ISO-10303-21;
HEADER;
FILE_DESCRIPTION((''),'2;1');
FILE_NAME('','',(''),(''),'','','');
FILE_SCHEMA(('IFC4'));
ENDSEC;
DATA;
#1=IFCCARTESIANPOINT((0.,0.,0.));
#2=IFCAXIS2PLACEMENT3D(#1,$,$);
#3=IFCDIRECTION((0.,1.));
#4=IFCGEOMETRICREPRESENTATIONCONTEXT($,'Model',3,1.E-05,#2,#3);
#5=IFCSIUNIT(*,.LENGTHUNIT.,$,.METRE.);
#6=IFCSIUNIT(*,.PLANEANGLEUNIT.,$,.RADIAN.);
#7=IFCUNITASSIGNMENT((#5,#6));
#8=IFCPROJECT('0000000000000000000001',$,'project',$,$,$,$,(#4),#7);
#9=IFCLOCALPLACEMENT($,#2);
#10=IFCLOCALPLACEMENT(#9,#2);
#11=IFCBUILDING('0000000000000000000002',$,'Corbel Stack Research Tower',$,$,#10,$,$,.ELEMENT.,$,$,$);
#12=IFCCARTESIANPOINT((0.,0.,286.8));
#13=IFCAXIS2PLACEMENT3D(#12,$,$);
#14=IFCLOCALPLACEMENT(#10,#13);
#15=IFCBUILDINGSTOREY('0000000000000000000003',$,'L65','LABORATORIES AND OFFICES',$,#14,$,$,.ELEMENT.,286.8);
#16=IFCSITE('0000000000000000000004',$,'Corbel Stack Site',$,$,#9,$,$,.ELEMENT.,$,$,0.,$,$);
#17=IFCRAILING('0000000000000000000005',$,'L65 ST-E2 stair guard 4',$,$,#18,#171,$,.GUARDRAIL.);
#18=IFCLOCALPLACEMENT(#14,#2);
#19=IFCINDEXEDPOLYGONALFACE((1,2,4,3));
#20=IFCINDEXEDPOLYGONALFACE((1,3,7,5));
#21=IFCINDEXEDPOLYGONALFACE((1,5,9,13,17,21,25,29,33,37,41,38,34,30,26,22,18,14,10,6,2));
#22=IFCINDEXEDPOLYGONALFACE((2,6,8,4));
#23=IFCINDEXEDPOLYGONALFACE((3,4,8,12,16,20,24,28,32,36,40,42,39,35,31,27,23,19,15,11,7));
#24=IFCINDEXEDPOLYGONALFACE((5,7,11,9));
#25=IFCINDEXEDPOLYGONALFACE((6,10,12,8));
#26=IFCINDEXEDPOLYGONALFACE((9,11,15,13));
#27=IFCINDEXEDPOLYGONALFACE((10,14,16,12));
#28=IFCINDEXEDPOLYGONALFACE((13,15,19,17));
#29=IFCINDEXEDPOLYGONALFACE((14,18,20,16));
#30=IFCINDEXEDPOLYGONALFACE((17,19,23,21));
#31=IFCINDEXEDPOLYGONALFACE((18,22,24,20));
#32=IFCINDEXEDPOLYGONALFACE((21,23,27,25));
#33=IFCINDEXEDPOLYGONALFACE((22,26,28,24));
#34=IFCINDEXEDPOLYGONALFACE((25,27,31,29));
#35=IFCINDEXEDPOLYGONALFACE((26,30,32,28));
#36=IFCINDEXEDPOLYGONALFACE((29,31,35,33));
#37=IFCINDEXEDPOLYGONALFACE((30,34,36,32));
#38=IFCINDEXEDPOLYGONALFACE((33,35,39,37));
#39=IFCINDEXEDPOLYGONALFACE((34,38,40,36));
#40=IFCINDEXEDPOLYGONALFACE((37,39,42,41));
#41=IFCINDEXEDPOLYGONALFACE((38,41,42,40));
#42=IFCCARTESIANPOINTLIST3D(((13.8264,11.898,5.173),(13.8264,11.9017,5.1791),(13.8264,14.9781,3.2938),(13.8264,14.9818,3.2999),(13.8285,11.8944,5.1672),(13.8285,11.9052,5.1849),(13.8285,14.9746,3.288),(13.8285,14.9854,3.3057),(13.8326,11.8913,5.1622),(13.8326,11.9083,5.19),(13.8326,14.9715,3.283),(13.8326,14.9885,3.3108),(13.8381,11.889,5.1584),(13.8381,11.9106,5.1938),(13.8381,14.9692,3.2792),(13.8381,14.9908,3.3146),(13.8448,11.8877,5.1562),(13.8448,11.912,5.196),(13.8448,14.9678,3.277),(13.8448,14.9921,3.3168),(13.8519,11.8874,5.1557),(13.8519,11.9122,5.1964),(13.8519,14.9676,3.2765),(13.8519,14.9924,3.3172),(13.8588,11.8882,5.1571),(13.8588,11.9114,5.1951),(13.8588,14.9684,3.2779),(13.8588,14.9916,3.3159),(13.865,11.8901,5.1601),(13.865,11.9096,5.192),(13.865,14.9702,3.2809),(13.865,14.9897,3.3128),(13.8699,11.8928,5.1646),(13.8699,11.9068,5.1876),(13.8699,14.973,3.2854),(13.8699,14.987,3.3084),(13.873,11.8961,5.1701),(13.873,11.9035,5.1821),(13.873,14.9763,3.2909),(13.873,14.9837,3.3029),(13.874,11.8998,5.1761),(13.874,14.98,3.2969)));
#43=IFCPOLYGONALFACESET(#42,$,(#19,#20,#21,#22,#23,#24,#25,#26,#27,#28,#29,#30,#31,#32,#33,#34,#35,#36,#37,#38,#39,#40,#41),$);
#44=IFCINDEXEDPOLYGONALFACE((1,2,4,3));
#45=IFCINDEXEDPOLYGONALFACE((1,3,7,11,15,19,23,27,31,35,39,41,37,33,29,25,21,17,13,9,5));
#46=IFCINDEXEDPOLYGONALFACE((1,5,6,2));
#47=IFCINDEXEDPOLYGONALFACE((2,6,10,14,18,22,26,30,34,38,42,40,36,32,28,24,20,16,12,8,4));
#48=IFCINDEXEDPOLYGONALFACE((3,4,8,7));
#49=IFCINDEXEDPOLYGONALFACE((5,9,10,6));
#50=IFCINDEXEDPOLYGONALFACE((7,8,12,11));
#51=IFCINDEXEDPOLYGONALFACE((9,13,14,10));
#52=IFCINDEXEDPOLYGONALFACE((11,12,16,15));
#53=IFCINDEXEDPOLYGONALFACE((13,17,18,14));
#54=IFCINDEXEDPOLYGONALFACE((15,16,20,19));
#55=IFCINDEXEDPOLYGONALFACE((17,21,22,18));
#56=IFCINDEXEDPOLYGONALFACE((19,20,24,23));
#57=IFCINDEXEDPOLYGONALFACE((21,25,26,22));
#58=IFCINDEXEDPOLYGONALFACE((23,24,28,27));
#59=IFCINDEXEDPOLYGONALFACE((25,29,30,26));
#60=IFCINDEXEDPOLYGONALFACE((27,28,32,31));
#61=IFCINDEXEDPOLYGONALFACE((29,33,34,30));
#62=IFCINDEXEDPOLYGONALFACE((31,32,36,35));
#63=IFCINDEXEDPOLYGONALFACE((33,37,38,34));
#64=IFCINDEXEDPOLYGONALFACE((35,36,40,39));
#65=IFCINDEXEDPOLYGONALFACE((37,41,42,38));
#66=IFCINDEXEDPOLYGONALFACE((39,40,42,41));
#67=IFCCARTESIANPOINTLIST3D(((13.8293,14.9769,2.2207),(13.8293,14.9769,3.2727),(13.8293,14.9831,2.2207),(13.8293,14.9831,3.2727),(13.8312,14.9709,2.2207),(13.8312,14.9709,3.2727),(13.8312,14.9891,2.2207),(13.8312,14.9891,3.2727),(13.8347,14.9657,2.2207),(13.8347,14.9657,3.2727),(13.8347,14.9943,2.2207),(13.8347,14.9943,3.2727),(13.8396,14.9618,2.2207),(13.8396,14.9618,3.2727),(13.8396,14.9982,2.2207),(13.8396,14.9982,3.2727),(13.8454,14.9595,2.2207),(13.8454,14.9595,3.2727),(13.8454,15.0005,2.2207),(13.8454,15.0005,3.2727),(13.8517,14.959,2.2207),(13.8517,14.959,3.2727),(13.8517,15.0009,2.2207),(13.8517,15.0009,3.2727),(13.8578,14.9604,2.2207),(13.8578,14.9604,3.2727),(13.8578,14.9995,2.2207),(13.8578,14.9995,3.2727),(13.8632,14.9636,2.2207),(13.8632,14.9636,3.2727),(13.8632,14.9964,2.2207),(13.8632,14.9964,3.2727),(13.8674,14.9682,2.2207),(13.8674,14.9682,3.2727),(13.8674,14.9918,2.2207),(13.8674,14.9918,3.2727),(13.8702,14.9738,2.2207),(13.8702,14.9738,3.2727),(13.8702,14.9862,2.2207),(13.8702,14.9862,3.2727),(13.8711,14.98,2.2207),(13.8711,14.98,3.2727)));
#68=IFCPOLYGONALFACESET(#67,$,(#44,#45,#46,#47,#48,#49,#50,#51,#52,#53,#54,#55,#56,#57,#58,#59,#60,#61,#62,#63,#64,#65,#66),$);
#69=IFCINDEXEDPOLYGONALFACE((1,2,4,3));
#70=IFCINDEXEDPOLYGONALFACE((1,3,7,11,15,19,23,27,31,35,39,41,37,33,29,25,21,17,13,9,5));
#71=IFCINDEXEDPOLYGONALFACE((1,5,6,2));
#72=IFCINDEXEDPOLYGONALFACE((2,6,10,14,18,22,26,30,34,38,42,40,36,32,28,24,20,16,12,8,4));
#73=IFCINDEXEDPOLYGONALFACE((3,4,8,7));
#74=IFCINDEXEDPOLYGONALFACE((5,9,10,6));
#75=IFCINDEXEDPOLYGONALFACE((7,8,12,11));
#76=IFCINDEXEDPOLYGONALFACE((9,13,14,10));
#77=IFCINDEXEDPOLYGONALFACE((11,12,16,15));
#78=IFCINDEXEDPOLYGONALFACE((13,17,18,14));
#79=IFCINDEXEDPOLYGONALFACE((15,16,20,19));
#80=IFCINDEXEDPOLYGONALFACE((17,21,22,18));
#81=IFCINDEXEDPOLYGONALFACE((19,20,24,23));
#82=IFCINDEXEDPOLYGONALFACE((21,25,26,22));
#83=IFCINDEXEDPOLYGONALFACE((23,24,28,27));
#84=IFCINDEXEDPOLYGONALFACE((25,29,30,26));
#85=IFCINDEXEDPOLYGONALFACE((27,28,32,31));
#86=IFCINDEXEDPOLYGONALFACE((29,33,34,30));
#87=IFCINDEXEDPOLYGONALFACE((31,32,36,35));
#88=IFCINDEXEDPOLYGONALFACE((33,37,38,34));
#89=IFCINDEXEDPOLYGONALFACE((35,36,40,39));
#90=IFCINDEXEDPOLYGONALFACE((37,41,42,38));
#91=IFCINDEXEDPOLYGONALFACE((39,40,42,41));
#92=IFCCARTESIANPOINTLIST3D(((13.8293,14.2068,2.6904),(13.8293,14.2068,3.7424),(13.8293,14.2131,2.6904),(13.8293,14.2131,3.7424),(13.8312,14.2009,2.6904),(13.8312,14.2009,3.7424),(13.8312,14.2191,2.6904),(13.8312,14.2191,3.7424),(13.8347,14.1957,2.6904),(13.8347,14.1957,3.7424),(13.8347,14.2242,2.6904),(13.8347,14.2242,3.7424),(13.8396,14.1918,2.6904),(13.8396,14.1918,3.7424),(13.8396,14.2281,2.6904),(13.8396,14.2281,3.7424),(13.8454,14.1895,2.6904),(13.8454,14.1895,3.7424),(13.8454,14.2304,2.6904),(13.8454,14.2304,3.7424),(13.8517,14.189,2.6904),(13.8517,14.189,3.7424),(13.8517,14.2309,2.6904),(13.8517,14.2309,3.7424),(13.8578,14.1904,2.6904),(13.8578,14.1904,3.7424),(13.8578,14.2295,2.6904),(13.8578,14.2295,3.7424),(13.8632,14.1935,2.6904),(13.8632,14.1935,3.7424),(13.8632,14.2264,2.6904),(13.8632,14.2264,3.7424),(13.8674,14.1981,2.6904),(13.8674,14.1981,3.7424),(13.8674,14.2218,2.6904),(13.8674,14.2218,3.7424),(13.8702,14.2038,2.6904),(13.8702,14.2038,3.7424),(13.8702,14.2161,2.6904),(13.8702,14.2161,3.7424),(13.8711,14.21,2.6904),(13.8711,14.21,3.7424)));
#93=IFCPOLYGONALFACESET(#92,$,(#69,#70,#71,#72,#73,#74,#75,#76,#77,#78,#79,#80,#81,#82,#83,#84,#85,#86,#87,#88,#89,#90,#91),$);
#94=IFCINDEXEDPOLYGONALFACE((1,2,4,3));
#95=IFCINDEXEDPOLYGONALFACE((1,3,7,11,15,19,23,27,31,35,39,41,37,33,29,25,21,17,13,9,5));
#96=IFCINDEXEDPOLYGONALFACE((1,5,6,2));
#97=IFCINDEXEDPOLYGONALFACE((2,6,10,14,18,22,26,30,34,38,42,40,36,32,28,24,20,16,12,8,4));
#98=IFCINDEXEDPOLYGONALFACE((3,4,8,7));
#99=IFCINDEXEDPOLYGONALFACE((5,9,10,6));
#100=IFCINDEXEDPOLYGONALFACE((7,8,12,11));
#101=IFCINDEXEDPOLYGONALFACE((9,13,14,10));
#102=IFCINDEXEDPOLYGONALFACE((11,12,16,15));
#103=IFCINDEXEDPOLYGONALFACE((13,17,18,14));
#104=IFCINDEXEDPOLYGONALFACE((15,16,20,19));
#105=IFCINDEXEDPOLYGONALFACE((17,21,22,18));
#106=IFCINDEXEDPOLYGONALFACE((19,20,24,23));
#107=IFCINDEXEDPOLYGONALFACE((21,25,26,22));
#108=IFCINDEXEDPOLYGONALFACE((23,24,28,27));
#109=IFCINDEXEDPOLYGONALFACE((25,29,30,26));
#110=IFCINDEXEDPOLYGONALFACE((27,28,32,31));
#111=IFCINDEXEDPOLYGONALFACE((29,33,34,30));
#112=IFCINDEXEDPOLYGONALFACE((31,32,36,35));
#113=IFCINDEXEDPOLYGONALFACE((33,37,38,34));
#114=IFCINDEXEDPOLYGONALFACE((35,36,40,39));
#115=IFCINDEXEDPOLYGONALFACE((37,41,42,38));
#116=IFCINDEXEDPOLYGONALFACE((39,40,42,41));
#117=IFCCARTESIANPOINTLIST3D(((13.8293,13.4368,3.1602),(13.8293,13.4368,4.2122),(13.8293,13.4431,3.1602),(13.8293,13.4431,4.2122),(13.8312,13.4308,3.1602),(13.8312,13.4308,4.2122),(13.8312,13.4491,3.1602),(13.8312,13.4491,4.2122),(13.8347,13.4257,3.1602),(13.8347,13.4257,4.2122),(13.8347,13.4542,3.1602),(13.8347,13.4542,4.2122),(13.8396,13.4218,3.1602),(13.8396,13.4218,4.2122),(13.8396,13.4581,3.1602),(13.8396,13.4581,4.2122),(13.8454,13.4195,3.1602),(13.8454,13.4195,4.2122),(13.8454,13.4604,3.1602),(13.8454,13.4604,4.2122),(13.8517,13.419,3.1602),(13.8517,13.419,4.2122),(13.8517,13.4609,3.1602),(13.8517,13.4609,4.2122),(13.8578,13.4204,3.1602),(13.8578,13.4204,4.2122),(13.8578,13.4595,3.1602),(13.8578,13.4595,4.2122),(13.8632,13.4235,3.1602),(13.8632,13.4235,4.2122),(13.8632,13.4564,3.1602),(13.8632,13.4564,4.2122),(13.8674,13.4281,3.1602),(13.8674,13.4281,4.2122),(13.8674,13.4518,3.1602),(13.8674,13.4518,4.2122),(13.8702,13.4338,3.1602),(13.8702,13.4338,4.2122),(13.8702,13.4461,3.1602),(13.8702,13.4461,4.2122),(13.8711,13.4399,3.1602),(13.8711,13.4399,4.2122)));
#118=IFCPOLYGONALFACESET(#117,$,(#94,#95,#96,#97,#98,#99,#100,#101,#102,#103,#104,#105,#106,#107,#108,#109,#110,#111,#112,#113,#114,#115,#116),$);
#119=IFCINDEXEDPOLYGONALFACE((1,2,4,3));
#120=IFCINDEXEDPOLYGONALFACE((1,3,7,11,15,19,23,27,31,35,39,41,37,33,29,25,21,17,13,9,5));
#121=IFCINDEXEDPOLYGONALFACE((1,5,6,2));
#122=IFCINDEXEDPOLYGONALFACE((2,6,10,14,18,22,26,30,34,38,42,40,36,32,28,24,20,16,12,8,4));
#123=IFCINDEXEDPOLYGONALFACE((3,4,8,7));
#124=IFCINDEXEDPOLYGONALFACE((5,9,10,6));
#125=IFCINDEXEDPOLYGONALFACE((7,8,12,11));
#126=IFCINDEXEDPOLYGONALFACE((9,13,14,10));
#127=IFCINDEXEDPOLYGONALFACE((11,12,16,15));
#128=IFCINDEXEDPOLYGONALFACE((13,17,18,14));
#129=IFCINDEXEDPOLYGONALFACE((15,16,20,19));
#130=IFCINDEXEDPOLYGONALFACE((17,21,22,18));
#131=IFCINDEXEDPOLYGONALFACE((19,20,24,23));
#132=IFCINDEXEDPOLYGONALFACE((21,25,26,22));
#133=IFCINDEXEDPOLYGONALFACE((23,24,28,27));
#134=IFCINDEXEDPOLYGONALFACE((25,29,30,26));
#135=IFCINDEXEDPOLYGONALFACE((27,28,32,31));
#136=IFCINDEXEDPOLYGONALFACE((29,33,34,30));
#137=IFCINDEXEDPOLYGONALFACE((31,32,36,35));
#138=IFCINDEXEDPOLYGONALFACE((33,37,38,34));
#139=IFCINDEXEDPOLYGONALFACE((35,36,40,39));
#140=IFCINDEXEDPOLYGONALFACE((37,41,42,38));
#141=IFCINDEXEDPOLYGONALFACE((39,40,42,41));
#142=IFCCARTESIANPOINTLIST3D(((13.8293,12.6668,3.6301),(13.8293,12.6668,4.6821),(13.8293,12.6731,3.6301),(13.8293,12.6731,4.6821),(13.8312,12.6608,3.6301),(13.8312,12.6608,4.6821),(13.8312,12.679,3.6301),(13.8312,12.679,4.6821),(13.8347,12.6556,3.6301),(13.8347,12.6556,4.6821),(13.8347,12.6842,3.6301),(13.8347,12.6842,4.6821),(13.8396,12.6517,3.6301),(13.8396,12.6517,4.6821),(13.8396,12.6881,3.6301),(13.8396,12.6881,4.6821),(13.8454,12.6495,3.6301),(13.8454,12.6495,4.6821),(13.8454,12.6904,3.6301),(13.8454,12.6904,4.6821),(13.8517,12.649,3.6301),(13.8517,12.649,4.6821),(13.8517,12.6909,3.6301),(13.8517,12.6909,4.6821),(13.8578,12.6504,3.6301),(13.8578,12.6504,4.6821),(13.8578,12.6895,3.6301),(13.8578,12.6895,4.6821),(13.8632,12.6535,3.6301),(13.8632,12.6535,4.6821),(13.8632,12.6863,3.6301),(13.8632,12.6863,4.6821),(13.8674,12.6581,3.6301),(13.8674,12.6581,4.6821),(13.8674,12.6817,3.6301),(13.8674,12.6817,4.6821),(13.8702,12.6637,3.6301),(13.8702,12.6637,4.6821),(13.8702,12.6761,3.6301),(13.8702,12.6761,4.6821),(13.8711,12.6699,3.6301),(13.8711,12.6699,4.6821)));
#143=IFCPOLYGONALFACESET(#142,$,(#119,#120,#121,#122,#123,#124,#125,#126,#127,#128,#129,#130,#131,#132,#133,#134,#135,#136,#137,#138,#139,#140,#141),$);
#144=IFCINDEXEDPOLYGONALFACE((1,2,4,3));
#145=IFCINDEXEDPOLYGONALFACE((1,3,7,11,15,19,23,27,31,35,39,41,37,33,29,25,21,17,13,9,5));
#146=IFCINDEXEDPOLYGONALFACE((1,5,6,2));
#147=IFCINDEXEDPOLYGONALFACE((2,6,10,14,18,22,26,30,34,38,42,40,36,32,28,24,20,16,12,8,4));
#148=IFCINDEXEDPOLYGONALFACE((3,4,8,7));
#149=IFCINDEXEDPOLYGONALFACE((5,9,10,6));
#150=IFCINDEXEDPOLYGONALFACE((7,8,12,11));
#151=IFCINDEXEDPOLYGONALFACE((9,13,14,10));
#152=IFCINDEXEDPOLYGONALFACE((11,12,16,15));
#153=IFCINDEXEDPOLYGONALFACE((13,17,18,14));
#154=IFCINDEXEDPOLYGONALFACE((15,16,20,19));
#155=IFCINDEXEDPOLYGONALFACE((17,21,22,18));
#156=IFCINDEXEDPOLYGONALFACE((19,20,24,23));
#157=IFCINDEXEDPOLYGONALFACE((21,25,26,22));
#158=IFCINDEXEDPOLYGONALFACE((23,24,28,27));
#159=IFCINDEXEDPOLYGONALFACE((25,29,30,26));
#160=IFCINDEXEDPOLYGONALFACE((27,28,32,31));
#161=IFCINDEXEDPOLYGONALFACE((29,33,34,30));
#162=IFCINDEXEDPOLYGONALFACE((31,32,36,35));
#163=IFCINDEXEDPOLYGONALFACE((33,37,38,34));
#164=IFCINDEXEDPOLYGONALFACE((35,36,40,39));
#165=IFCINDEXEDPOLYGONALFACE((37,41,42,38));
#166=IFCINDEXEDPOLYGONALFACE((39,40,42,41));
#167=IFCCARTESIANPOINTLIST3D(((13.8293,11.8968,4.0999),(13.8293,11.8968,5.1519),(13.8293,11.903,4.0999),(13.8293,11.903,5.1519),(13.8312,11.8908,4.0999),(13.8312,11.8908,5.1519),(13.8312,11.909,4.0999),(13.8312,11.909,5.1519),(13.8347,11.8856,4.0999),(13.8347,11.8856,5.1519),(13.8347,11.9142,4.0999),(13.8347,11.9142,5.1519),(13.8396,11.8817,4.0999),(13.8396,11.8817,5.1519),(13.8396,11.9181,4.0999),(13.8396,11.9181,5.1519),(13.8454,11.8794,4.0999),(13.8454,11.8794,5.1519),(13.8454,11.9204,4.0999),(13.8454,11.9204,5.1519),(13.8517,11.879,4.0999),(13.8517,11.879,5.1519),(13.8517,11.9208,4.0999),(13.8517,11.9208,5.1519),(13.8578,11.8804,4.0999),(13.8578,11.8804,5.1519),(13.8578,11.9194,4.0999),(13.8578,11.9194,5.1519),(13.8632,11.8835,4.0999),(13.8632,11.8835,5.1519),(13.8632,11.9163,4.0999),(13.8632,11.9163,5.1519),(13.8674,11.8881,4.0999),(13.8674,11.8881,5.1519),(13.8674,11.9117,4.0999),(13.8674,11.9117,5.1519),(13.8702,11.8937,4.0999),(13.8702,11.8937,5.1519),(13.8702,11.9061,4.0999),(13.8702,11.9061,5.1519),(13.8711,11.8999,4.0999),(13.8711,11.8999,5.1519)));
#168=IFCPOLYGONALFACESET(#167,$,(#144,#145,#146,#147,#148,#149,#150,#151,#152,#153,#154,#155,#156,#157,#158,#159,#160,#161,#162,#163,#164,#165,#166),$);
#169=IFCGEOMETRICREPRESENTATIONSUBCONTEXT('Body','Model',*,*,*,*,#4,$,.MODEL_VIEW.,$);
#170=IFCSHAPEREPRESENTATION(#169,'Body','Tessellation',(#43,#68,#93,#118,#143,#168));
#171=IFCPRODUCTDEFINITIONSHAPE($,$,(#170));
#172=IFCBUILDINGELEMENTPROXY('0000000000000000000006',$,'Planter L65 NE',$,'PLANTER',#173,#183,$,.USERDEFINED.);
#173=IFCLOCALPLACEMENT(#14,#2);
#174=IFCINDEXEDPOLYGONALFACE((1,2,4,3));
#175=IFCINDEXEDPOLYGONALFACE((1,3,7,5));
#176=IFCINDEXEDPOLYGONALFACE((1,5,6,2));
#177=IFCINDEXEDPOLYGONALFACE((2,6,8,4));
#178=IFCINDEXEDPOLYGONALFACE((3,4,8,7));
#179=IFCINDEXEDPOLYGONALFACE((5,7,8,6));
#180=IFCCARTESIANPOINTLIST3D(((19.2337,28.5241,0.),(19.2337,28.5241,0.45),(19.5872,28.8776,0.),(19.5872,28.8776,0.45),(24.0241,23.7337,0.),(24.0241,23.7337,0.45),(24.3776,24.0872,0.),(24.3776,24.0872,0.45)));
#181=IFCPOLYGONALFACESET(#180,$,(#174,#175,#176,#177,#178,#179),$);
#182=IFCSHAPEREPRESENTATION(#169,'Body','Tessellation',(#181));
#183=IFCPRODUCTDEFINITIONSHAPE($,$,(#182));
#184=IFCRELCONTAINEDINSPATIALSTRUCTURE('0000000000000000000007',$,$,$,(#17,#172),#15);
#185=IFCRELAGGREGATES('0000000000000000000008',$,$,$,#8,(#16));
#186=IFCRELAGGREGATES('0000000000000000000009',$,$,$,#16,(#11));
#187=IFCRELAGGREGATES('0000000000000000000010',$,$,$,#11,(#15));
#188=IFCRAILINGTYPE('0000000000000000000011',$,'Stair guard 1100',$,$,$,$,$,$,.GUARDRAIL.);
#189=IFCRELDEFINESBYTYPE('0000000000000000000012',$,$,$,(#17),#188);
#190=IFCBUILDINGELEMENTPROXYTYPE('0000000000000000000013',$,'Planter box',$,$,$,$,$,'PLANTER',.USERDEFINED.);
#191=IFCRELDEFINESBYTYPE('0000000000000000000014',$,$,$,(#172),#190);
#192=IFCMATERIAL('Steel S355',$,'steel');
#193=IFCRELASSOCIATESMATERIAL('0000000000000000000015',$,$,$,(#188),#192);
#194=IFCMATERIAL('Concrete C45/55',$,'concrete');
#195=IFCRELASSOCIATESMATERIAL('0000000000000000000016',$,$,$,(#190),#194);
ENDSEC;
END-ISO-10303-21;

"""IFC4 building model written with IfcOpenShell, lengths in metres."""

from ifc_helpers import new_model, si_unit, direction, frame, origin, origin_2d, place, context, subcontext, project, spatial, rectangle, circle, extrude, material, type_object, element, save


model = new_model("IFC4")

# Units and contexts
model_context = context("Model", 3, precision=1e-05, world=origin(), true_north=direction((0.0, 1.0)))
body_context = subcontext(model_context, "Body", "Model", "MODEL_VIEW")
ifc_project = project(units=[si_unit("LENGTHUNIT", "METRE"), si_unit("PLANEANGLEUNIT", "RADIAN")], contexts=[model_context])

# Site, building, storey
site_placement = place(None, origin())
site = spatial("IfcSite", under=ifc_project, at=site_placement, Name="Corbel Stack Site", CompositionType="ELEMENT", RefElevation=0.0)
building_placement = place(site_placement, origin())
building = spatial("IfcBuilding", under=site, at=building_placement, Name="Corbel Stack Research Tower", CompositionType="ELEMENT")
storey_placement = place(building_placement, frame((0.0, 0.0, 286.8)))
storey = spatial("IfcBuildingStorey", under=building, at=storey_placement, Name="L65", Description="LABORATORIES AND OFFICES", CompositionType="ELEMENT", Elevation=286.8)

# Railing
ifc_material_1 = material(Name="Steel S355", Category="steel")
railing_type_1 = type_object("IfcRailingType", Name="Stair guard 1100", PredefinedType="GUARDRAIL", material=ifc_material_1)
railing_1_placement = place(storey_placement, frame((13.8501, 14.98, 2.2207)))
element("IfcRailing", 1, at=railing_1_placement, inside=storey, type_object=railing_type_1, Name="L65 ST-E2 stair guard 4", PredefinedType="GUARDRAIL", context=body_context, shape_type="SweptSolid", body=[
    extrude(circle(Radius=0.0239, at=origin_2d()), frame((0.0, 0.0, 1.0762), z_axis=(0.0, -0.853666, 0.52082), x_axis=(1.0, 0.0, 0.0)), (0.0, 0.0, 1.0), 3.6082),
    extrude(circle(Radius=0.021, at=origin_2d()), origin(), (0.0, 0.0, 1.0), 1.052),
    extrude(circle(Radius=0.021, at=origin_2d()), frame((0.0, -0.77, 0.4697)), (0.0, 0.0, 1.0), 1.052),
    extrude(circle(Radius=0.021, at=origin_2d()), frame((0.0, -1.54, 0.9395)), (0.0, 0.0, 1.0), 1.052),
    extrude(circle(Radius=0.021, at=origin_2d()), frame((0.0, -2.3101, 1.4094)), (0.0, 0.0, 1.0), 1.052),
    extrude(circle(Radius=0.021, at=origin_2d()), frame((0.0, -3.0801, 1.8792)), (0.0, 0.0, 1.0), 1.052),
])

# Building element proxy
ifc_material_2 = material(Name="Concrete C45/55", Category="concrete")
building_element_proxy_type = type_object("IfcBuildingElementProxyType", Name="Planter box", ElementType="PLANTER", PredefinedType="USERDEFINED", material=ifc_material_2)
proxy_placement = place(storey_placement, frame((21.8057, 26.3057, 0.0), z_axis=(0.0, 0.0, 1.0), x_axis=(-0.707107, 0.707107, 0.0)))
element("IfcBuildingElementProxy", 2, at=proxy_placement, inside=storey, type_object=building_element_proxy_type, Name="Planter L65 NE", ObjectType="PLANTER", PredefinedType="USERDEFINED", context=body_context, shape_type="SweptSolid", body=[
    extrude(rectangle(XDim=6.7747, YDim=0.5, at=origin_2d()), origin(), (0.0, 0.0, 1.0), 0.45),
])

save(model, "model.ifc")
